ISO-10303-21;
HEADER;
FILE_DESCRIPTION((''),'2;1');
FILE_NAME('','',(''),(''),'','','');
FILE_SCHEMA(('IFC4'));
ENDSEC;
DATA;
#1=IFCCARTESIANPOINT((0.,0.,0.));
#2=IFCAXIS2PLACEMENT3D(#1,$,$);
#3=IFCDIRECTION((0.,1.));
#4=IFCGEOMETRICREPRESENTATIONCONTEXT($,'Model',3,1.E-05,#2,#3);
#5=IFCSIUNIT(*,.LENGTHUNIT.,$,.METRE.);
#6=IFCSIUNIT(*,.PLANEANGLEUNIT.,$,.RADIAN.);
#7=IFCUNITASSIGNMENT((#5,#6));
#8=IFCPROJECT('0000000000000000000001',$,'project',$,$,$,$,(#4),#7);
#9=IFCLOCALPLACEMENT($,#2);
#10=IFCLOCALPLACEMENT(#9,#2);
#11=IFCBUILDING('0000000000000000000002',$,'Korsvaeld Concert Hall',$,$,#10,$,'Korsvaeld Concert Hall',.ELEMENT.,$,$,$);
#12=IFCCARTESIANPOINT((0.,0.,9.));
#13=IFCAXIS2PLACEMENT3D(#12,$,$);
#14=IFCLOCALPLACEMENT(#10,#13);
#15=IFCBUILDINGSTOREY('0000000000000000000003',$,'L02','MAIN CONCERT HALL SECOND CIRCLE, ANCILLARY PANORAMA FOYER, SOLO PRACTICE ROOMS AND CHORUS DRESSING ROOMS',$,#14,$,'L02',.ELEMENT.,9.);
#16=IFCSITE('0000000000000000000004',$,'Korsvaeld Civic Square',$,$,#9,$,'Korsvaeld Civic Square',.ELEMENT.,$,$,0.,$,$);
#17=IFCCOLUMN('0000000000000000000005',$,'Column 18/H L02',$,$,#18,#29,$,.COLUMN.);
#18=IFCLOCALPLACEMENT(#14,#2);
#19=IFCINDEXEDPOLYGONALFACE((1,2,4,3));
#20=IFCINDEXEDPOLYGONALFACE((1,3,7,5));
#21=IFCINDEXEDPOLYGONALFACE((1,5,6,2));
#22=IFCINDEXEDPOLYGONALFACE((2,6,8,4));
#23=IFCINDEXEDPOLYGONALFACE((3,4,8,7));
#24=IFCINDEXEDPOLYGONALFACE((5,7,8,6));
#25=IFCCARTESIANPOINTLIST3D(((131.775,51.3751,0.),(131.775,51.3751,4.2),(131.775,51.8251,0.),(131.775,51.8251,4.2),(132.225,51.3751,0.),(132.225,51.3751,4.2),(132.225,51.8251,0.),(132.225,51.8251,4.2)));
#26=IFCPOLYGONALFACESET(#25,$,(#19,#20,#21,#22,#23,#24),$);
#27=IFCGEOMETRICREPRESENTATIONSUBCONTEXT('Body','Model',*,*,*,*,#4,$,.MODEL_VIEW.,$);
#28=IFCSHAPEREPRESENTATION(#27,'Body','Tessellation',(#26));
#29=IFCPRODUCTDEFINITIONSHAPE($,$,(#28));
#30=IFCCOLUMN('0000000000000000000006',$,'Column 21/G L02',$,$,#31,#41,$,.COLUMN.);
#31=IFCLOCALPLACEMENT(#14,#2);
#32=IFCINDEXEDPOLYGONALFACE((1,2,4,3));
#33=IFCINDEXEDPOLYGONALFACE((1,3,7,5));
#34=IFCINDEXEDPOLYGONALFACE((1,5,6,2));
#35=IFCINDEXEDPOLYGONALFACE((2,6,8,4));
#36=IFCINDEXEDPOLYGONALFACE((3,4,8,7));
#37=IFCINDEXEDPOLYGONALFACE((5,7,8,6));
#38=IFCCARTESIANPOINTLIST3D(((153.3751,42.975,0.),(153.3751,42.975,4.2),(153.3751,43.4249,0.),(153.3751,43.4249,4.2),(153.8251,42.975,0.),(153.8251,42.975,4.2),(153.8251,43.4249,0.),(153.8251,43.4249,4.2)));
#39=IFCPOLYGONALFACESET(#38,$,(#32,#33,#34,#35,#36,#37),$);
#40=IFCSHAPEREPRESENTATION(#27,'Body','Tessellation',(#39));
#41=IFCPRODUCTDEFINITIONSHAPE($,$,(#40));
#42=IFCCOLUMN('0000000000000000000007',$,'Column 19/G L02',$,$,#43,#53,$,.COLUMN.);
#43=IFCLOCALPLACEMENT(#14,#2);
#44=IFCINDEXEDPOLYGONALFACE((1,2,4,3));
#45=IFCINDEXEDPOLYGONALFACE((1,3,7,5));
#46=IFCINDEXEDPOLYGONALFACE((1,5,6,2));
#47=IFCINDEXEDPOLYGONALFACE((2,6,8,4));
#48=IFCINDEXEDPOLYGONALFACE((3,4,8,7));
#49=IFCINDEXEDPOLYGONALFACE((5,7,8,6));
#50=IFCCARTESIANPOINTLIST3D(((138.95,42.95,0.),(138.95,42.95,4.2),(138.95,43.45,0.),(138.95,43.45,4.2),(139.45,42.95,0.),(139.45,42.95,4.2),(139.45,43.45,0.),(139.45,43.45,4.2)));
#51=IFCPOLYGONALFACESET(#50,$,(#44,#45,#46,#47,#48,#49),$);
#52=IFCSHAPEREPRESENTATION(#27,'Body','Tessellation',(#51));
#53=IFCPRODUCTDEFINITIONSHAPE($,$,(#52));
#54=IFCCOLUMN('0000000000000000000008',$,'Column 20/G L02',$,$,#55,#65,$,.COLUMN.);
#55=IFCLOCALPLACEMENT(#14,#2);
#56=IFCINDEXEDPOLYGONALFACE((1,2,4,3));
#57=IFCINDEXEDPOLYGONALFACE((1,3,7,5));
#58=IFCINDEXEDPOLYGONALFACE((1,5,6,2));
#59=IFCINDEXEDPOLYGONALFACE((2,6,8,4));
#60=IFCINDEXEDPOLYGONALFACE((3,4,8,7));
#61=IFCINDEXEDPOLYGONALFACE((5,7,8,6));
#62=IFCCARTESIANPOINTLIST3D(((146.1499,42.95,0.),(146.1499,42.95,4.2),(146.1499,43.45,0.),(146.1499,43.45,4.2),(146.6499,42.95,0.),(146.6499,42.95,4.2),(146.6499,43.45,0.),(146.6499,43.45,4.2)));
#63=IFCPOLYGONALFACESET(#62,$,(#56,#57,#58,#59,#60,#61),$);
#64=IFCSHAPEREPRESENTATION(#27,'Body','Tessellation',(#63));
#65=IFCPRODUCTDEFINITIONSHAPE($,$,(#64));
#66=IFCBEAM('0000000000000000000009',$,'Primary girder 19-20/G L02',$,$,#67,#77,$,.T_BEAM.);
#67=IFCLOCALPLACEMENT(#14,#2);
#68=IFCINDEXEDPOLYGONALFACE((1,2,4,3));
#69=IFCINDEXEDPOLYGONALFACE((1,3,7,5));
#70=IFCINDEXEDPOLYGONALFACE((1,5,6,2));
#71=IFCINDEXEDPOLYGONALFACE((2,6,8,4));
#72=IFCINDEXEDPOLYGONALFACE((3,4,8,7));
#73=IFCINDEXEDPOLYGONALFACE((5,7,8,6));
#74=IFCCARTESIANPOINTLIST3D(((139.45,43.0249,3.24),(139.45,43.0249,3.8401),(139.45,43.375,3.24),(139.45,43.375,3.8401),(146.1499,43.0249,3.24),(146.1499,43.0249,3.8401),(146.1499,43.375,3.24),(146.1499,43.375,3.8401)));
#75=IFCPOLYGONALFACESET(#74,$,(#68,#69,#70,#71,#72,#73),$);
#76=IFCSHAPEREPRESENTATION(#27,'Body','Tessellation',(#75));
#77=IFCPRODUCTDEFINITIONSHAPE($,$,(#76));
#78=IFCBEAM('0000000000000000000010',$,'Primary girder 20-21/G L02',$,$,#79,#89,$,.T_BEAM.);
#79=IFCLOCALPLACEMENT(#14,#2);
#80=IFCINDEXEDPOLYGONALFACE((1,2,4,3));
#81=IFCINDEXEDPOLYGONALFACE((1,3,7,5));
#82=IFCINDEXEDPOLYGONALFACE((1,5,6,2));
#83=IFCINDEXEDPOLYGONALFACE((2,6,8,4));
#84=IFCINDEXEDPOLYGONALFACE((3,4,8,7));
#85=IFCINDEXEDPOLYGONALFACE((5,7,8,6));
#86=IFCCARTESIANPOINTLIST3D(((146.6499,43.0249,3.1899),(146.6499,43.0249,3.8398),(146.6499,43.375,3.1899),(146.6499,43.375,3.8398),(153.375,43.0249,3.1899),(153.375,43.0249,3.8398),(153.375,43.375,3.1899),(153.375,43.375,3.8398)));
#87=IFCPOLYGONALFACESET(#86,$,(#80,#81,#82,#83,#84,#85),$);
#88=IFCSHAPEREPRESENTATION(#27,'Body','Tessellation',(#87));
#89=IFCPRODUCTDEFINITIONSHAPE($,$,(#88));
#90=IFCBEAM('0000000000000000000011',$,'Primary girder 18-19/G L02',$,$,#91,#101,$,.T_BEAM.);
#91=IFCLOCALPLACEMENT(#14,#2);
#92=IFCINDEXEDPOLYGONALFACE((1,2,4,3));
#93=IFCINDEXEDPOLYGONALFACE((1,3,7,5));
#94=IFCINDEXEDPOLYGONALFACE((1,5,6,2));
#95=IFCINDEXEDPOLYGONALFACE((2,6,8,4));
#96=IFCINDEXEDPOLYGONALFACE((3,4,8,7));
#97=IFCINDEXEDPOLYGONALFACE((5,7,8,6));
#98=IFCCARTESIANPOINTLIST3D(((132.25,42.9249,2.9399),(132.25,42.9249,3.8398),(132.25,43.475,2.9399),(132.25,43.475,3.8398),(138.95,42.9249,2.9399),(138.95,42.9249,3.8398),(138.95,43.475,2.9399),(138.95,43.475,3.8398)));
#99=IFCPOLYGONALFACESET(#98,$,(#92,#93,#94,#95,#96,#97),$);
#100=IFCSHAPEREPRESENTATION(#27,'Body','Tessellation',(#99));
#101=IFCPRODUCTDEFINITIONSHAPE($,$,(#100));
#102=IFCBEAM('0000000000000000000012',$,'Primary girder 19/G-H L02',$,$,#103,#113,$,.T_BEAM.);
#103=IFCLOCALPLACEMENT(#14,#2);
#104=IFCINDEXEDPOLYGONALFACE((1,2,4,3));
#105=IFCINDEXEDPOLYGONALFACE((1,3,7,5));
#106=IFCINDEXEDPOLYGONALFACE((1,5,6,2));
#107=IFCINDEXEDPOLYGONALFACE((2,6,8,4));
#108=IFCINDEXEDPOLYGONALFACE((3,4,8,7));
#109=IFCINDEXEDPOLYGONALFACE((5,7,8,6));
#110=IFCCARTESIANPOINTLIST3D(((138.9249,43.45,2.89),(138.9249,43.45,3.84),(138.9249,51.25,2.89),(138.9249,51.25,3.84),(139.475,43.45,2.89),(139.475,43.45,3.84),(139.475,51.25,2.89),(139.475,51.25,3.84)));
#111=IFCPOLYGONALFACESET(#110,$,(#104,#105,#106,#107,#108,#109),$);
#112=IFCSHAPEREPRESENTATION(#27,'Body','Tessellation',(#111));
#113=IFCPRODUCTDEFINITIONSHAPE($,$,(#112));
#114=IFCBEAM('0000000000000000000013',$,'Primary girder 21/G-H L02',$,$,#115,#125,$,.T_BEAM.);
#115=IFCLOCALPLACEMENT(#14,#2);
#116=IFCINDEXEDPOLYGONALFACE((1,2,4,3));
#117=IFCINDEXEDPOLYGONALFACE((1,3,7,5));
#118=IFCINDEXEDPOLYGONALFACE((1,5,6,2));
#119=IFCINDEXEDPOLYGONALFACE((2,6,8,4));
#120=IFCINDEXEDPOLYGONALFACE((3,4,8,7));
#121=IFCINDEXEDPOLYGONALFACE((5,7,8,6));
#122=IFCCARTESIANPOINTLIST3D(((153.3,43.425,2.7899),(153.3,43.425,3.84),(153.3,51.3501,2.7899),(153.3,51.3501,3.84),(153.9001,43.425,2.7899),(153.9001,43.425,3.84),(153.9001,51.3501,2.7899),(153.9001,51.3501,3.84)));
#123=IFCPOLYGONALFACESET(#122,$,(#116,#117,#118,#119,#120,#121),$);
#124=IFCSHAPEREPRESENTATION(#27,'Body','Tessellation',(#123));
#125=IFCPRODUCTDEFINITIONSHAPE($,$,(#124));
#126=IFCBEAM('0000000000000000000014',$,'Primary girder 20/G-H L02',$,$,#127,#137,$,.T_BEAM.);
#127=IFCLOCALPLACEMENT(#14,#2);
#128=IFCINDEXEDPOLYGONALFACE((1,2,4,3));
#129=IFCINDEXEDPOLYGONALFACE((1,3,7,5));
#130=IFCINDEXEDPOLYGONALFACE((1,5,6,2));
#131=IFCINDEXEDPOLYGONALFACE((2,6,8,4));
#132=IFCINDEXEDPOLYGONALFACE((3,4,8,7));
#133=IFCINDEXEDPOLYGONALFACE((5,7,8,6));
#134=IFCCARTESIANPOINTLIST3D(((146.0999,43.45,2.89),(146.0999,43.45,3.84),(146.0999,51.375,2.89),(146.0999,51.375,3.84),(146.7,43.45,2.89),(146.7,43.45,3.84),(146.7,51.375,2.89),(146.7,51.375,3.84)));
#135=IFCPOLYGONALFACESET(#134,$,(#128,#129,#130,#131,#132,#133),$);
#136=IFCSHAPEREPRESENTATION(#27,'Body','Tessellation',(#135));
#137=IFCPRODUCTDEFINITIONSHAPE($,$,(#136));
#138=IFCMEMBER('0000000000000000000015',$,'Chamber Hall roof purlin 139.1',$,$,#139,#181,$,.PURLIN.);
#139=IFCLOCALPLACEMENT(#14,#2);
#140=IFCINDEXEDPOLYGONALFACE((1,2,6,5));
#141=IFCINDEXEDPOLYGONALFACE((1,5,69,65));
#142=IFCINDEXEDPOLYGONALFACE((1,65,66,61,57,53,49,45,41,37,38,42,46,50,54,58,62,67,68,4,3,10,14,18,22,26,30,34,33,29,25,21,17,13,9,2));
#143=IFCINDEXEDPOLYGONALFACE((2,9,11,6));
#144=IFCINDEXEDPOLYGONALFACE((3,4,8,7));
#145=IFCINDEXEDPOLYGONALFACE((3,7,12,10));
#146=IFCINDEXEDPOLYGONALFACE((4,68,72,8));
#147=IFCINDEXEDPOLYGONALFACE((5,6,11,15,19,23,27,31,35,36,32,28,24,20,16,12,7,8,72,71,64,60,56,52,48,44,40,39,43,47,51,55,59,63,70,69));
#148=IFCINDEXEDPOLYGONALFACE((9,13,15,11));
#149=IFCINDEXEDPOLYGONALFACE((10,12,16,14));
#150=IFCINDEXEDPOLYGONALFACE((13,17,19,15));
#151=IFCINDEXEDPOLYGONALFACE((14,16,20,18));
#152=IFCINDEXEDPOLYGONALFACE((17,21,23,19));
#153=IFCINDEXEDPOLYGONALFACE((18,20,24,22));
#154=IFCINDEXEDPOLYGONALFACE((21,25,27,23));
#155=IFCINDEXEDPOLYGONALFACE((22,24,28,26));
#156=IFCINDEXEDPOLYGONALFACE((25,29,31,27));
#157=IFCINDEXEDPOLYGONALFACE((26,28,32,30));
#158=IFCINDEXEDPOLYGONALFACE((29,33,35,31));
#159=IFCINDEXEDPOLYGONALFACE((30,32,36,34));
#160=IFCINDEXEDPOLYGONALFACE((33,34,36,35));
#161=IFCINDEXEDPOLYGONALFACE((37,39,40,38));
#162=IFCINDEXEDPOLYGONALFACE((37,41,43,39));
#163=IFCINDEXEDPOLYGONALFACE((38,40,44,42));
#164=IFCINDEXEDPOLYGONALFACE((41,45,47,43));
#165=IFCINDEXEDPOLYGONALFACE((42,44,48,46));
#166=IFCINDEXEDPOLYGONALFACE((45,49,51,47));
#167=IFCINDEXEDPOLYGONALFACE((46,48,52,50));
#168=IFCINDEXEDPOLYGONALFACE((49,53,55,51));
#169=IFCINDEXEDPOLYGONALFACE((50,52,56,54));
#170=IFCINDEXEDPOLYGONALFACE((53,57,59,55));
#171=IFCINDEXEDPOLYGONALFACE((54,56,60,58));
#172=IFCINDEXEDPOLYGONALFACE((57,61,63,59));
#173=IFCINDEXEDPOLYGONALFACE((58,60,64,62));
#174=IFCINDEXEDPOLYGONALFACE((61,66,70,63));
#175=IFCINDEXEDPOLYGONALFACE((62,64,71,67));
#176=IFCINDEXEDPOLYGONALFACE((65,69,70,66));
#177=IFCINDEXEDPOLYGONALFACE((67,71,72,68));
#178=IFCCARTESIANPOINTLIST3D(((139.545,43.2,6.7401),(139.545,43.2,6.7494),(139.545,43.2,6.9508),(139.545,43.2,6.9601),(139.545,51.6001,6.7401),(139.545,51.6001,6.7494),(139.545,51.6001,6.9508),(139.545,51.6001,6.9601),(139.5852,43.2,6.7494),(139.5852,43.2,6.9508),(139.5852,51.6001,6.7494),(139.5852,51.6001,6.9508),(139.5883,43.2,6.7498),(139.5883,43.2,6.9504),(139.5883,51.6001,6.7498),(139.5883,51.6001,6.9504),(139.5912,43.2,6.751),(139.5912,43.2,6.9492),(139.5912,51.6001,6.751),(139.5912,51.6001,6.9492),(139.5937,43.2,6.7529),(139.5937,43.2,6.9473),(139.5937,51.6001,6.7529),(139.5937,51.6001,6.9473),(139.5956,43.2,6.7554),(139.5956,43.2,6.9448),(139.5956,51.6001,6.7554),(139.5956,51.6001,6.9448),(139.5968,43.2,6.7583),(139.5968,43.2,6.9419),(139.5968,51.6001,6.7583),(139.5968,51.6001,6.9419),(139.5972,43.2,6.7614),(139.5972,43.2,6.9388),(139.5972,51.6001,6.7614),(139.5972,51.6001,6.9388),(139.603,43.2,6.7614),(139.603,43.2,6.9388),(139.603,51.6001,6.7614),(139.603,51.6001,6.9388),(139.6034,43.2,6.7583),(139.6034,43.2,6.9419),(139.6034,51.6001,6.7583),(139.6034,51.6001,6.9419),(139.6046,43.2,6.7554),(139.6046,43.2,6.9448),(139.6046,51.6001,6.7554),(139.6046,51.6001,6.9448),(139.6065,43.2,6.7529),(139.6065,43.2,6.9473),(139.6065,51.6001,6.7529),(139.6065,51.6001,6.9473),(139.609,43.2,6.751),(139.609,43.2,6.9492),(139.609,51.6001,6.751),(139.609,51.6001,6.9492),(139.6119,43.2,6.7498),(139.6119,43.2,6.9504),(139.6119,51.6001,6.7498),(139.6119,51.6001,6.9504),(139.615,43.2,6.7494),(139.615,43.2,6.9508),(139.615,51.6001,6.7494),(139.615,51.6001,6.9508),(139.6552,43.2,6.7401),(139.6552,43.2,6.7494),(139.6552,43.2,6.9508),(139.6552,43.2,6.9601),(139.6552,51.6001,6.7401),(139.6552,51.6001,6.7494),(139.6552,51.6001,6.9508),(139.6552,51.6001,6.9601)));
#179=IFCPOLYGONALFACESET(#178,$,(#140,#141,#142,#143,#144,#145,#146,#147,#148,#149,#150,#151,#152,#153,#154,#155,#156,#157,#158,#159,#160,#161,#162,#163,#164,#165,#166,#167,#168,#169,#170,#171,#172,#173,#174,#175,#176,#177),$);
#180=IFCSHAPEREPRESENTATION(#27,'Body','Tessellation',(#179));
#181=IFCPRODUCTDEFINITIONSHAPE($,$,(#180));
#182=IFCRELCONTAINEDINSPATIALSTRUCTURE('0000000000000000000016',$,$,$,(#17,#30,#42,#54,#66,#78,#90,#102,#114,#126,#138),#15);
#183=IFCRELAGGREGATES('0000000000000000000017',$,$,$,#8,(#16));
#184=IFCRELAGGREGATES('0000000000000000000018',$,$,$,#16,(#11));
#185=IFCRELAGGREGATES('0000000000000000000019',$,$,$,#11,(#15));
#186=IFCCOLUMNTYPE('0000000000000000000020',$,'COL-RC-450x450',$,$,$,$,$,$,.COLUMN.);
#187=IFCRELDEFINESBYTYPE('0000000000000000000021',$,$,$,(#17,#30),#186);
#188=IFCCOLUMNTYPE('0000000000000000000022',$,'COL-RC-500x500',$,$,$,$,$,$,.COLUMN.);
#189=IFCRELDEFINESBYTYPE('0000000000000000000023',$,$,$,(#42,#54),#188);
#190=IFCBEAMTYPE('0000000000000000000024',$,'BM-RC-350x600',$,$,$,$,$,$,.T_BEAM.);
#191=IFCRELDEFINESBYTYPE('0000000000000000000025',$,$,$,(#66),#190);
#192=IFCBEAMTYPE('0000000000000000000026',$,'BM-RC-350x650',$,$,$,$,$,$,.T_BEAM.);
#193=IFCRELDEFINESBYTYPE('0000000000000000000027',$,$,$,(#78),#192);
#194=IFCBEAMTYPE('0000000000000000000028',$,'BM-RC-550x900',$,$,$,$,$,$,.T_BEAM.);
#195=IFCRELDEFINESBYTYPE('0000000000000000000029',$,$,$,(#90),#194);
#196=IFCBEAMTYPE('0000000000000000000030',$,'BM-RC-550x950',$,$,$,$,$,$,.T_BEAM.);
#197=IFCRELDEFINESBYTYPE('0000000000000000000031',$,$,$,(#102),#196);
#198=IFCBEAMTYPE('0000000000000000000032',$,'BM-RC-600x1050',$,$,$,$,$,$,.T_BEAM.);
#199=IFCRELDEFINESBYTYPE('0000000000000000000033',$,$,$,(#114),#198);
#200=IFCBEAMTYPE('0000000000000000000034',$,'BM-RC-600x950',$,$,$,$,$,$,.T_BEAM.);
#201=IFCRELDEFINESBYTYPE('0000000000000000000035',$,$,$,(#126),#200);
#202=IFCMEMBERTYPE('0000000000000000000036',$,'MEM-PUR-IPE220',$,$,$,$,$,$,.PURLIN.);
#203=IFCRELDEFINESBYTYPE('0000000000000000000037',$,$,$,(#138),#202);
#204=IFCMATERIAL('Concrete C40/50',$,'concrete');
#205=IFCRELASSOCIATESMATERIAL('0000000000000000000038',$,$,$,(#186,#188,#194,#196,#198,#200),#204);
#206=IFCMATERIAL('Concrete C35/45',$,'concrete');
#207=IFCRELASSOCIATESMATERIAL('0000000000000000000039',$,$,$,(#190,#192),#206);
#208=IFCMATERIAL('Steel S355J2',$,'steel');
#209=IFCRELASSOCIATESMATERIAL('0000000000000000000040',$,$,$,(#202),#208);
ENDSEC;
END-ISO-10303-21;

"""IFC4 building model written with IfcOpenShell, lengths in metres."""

from ifc_helpers import new_model, si_unit, direction, frame, origin, origin_2d, place, context, subcontext, project, spatial, rectangle, i_section, extrude, material, material_profile, profile_set, type_object, element, save


model = new_model("IFC4")

# Units and contexts
model_context = context("Model", 3, precision=1e-05, world=origin(), true_north=direction((0.0, 1.0)))
body_context = subcontext(model_context, "Body", "Model", "MODEL_VIEW")
ifc_project = project(units=[si_unit("LENGTHUNIT", "METRE"), si_unit("PLANEANGLEUNIT", "RADIAN")], contexts=[model_context])

# Site, building, storey
site_placement = place(None, origin())
site = spatial("IfcSite", under=ifc_project, at=site_placement, Name="Korsvaeld Civic Square", LongName="Korsvaeld Civic Square", CompositionType="ELEMENT", RefElevation=0.0)
building_placement = place(site_placement, origin())
building = spatial("IfcBuilding", under=site, at=building_placement, Name="Korsvaeld Concert Hall", LongName="Korsvaeld Concert Hall", CompositionType="ELEMENT")
storey_placement = place(building_placement, frame((0.0, 0.0, 9.0)))
storey = spatial("IfcBuildingStorey", under=building, at=storey_placement, Name="L02", Description="MAIN CONCERT HALL SECOND CIRCLE, ANCILLARY PANORAMA FOYER, SOLO PRACTICE ROOMS AND CHORUS DRESSING ROOMS", LongName="L02", CompositionType="ELEMENT", Elevation=9.0)

# Columns
ifc_material_1 = material(Name="Concrete C40/50", Category="concrete")
ifc_material_profile_1 = material_profile(ifc_material_1, rectangle(XDim=0.45, YDim=0.45, at=origin_2d()), Name="RC 450x450")
ifc_profile_set_1 = profile_set([ifc_material_profile_1], Name="Concrete C40/50")
column_type_1 = type_object("IfcColumnType", Name="COL-RC-450x450", PredefinedType="COLUMN", material=ifc_profile_set_1)
for number, where, z_axis, x_axis, name in (
    (1, (132.0, 51.6001, 0.0), (0.0, 0.0, 1.0), (1.0, 0.0, 0.0), "Column 18/H L02"),
    (2, (153.6001, 43.2, 0.0), (0.0, 0.0, 1.0), (1.0, 0.0, 0.0), "Column 21/G L02"),
):
    element("IfcColumn", number, at=place(storey_placement, frame(where, z_axis=z_axis, x_axis=x_axis)), inside=storey, type_object=column_type_1, Name=name, PredefinedType="COLUMN", context=body_context, shape_type="SweptSolid", body=[
        extrude(rectangle(XDim=0.45, YDim=0.45, at=origin_2d()), origin(), (0.0, 0.0, 1.0), 4.2),
    ])
ifc_material_profile_2 = material_profile(ifc_material_1, rectangle(XDim=0.5, YDim=0.5, at=origin_2d()), Name="RC 500x500")
ifc_profile_set_2 = profile_set([ifc_material_profile_2], Name="Concrete C40/50")
column_type_2 = type_object("IfcColumnType", Name="COL-RC-500x500", PredefinedType="COLUMN", material=ifc_profile_set_2)
for number, where, z_axis, x_axis, name in (
    (3, (139.2, 43.2, 0.0), (0.0, 0.0, 1.0), (1.0, 0.0, 0.0), "Column 19/G L02"),
    (4, (146.3999, 43.2, 0.0), (0.0, 0.0, 1.0), (1.0, 0.0, 0.0), "Column 20/G L02"),
):
    element("IfcColumn", number, at=place(storey_placement, frame(where, z_axis=z_axis, x_axis=x_axis)), inside=storey, type_object=column_type_2, Name=name, PredefinedType="COLUMN", context=body_context, shape_type="SweptSolid", body=[
        extrude(rectangle(XDim=0.5, YDim=0.5, at=origin_2d()), origin(), (0.0, 0.0, 1.0), 4.2),
    ])

# Beams
ifc_material_2 = material(Name="Concrete C35/45", Category="concrete")
ifc_material_profile_3 = material_profile(ifc_material_2, rectangle(XDim=0.3501, YDim=0.6001, at=origin_2d()), Name="RC 350x600")
ifc_profile_set_3 = profile_set([ifc_material_profile_3], Name="Concrete C35/45")
beam_type_1 = type_object("IfcBeamType", Name="BM-RC-350x600", PredefinedType="T_BEAM", material=ifc_profile_set_3)
beam_1_placement = place(storey_placement, frame((139.45, 43.2, 3.54), z_axis=(1.0, 0.0, 0.0), x_axis=(0.0, 1.0, 0.0)))
element("IfcBeam", 5, at=beam_1_placement, inside=storey, type_object=beam_type_1, Name="Primary girder 19-20/G L02", PredefinedType="T_BEAM", context=body_context, shape_type="SweptSolid", body=[
    extrude(rectangle(XDim=0.3501, YDim=0.6001, at=origin_2d()), origin(), (0.0, 0.0, 1.0), 6.7),
])
ifc_material_profile_4 = material_profile(ifc_material_2, rectangle(XDim=0.3501, YDim=0.6499, at=origin_2d()), Name="RC 350x650")
ifc_profile_set_4 = profile_set([ifc_material_profile_4], Name="Concrete C35/45")
beam_type_2 = type_object("IfcBeamType", Name="BM-RC-350x650", PredefinedType="T_BEAM", material=ifc_profile_set_4)
beam_2_placement = place(storey_placement, frame((146.6499, 43.2, 3.5149), z_axis=(1.0, 0.0, 0.0), x_axis=(0.0, 1.0, 0.0)))
element("IfcBeam", 6, at=beam_2_placement, inside=storey, type_object=beam_type_2, Name="Primary girder 20-21/G L02", PredefinedType="T_BEAM", context=body_context, shape_type="SweptSolid", body=[
    extrude(rectangle(XDim=0.3501, YDim=0.6499, at=origin_2d()), origin(), (0.0, 0.0, 1.0), 6.7251),
])
ifc_material_profile_5 = material_profile(ifc_material_1, rectangle(XDim=0.55, YDim=0.8999, at=origin_2d()), Name="RC 550x900")
ifc_profile_set_5 = profile_set([ifc_material_profile_5], Name="Concrete C40/50")
beam_type_3 = type_object("IfcBeamType", Name="BM-RC-550x900", PredefinedType="T_BEAM", material=ifc_profile_set_5)
beam_3_placement = place(storey_placement, frame((132.25, 43.2, 3.3899), z_axis=(1.0, 0.0, 0.0), x_axis=(0.0, 1.0, 0.0)))
element("IfcBeam", 7, at=beam_3_placement, inside=storey, type_object=beam_type_3, Name="Primary girder 18-19/G L02", PredefinedType="T_BEAM", context=body_context, shape_type="SweptSolid", body=[
    extrude(rectangle(XDim=0.55, YDim=0.8999, at=origin_2d()), origin(), (0.0, 0.0, 1.0), 6.7),
])
ifc_material_profile_6 = material_profile(ifc_material_1, rectangle(XDim=0.55, YDim=0.95, at=origin_2d()), Name="RC 550x950")
ifc_profile_set_6 = profile_set([ifc_material_profile_6], Name="Concrete C40/50")
beam_type_4 = type_object("IfcBeamType", Name="BM-RC-550x950", PredefinedType="T_BEAM", material=ifc_profile_set_6)
beam_4_placement = place(storey_placement, frame((139.2, 43.45, 3.365), z_axis=(0.0, 1.0, 0.0), x_axis=(-1.0, 0.0, 0.0)))
element("IfcBeam", 8, at=beam_4_placement, inside=storey, type_object=beam_type_4, Name="Primary girder 19/G-H L02", PredefinedType="T_BEAM", context=body_context, shape_type="SweptSolid", body=[
    extrude(rectangle(XDim=0.55, YDim=0.95, at=origin_2d()), origin(), (0.0, 0.0, 1.0), 7.8),
])
ifc_material_profile_7 = material_profile(ifc_material_1, rectangle(XDim=0.6001, YDim=1.05, at=origin_2d()), Name="RC 600x1050")
ifc_profile_set_7 = profile_set([ifc_material_profile_7], Name="Concrete C40/50")
beam_type_5 = type_object("IfcBeamType", Name="BM-RC-600x1050", PredefinedType="T_BEAM", material=ifc_profile_set_7)
beam_5_placement = place(storey_placement, frame((153.6001, 43.425, 3.3149), z_axis=(0.0, 1.0, 0.0), x_axis=(-1.0, 0.0, 0.0)))
element("IfcBeam", 9, at=beam_5_placement, inside=storey, type_object=beam_type_5, Name="Primary girder 21/G-H L02", PredefinedType="T_BEAM", context=body_context, shape_type="SweptSolid", body=[
    extrude(rectangle(XDim=0.6001, YDim=1.05, at=origin_2d()), origin(), (0.0, 0.0, 1.0), 7.925),
])
ifc_material_profile_8 = material_profile(ifc_material_1, rectangle(XDim=0.6001, YDim=0.95, at=origin_2d()), Name="RC 600x950")
ifc_profile_set_8 = profile_set([ifc_material_profile_8], Name="Concrete C40/50")
beam_type_6 = type_object("IfcBeamType", Name="BM-RC-600x950", PredefinedType="T_BEAM", material=ifc_profile_set_8)
beam_6_placement = place(storey_placement, frame((146.3999, 43.45, 3.365), z_axis=(0.0, 1.0, 0.0), x_axis=(-1.0, 0.0, 0.0)))
element("IfcBeam", 10, at=beam_6_placement, inside=storey, type_object=beam_type_6, Name="Primary girder 20/G-H L02", PredefinedType="T_BEAM", context=body_context, shape_type="SweptSolid", body=[
    extrude(rectangle(XDim=0.6001, YDim=0.95, at=origin_2d()), origin(), (0.0, 0.0, 1.0), 7.925),
])

# Member
ifc_material_3 = material(Name="Steel S355J2", Category="steel")
ifc_material_profile_9 = material_profile(ifc_material_3, i_section(OverallWidth=0.1101, OverallDepth=0.22, WebThickness=0.0059, FlangeThickness=0.0093, FilletRadius=0.012, at=origin_2d()), Name="IPE 220")
ifc_profile_set_9 = profile_set([ifc_material_profile_9], Name="Steel S355J2")
member_type_1 = type_object("IfcMemberType", Name="MEM-PUR-IPE220", PredefinedType="PURLIN", material=ifc_profile_set_9)
for number, where, z_axis, x_axis, name in (
    (11, (139.6001, 43.2, 6.8501), (0.0, 1.0, 0.0), (-1.0, 0.0, 0.0), "Chamber Hall roof purlin 139.1"),
):
    element("IfcMember", number, at=place(storey_placement, frame(where, z_axis=z_axis, x_axis=x_axis)), inside=storey, type_object=member_type_1, Name=name, PredefinedType="PURLIN", context=body_context, shape_type="SweptSolid", body=[
        extrude(i_section(OverallWidth=0.1101, OverallDepth=0.22, WebThickness=0.0059, FlangeThickness=0.0093, FilletRadius=0.012, at=origin_2d()), origin(), (0.0, 0.0, 1.0), 8.4001),
    ])

save(model, "model.ifc")
